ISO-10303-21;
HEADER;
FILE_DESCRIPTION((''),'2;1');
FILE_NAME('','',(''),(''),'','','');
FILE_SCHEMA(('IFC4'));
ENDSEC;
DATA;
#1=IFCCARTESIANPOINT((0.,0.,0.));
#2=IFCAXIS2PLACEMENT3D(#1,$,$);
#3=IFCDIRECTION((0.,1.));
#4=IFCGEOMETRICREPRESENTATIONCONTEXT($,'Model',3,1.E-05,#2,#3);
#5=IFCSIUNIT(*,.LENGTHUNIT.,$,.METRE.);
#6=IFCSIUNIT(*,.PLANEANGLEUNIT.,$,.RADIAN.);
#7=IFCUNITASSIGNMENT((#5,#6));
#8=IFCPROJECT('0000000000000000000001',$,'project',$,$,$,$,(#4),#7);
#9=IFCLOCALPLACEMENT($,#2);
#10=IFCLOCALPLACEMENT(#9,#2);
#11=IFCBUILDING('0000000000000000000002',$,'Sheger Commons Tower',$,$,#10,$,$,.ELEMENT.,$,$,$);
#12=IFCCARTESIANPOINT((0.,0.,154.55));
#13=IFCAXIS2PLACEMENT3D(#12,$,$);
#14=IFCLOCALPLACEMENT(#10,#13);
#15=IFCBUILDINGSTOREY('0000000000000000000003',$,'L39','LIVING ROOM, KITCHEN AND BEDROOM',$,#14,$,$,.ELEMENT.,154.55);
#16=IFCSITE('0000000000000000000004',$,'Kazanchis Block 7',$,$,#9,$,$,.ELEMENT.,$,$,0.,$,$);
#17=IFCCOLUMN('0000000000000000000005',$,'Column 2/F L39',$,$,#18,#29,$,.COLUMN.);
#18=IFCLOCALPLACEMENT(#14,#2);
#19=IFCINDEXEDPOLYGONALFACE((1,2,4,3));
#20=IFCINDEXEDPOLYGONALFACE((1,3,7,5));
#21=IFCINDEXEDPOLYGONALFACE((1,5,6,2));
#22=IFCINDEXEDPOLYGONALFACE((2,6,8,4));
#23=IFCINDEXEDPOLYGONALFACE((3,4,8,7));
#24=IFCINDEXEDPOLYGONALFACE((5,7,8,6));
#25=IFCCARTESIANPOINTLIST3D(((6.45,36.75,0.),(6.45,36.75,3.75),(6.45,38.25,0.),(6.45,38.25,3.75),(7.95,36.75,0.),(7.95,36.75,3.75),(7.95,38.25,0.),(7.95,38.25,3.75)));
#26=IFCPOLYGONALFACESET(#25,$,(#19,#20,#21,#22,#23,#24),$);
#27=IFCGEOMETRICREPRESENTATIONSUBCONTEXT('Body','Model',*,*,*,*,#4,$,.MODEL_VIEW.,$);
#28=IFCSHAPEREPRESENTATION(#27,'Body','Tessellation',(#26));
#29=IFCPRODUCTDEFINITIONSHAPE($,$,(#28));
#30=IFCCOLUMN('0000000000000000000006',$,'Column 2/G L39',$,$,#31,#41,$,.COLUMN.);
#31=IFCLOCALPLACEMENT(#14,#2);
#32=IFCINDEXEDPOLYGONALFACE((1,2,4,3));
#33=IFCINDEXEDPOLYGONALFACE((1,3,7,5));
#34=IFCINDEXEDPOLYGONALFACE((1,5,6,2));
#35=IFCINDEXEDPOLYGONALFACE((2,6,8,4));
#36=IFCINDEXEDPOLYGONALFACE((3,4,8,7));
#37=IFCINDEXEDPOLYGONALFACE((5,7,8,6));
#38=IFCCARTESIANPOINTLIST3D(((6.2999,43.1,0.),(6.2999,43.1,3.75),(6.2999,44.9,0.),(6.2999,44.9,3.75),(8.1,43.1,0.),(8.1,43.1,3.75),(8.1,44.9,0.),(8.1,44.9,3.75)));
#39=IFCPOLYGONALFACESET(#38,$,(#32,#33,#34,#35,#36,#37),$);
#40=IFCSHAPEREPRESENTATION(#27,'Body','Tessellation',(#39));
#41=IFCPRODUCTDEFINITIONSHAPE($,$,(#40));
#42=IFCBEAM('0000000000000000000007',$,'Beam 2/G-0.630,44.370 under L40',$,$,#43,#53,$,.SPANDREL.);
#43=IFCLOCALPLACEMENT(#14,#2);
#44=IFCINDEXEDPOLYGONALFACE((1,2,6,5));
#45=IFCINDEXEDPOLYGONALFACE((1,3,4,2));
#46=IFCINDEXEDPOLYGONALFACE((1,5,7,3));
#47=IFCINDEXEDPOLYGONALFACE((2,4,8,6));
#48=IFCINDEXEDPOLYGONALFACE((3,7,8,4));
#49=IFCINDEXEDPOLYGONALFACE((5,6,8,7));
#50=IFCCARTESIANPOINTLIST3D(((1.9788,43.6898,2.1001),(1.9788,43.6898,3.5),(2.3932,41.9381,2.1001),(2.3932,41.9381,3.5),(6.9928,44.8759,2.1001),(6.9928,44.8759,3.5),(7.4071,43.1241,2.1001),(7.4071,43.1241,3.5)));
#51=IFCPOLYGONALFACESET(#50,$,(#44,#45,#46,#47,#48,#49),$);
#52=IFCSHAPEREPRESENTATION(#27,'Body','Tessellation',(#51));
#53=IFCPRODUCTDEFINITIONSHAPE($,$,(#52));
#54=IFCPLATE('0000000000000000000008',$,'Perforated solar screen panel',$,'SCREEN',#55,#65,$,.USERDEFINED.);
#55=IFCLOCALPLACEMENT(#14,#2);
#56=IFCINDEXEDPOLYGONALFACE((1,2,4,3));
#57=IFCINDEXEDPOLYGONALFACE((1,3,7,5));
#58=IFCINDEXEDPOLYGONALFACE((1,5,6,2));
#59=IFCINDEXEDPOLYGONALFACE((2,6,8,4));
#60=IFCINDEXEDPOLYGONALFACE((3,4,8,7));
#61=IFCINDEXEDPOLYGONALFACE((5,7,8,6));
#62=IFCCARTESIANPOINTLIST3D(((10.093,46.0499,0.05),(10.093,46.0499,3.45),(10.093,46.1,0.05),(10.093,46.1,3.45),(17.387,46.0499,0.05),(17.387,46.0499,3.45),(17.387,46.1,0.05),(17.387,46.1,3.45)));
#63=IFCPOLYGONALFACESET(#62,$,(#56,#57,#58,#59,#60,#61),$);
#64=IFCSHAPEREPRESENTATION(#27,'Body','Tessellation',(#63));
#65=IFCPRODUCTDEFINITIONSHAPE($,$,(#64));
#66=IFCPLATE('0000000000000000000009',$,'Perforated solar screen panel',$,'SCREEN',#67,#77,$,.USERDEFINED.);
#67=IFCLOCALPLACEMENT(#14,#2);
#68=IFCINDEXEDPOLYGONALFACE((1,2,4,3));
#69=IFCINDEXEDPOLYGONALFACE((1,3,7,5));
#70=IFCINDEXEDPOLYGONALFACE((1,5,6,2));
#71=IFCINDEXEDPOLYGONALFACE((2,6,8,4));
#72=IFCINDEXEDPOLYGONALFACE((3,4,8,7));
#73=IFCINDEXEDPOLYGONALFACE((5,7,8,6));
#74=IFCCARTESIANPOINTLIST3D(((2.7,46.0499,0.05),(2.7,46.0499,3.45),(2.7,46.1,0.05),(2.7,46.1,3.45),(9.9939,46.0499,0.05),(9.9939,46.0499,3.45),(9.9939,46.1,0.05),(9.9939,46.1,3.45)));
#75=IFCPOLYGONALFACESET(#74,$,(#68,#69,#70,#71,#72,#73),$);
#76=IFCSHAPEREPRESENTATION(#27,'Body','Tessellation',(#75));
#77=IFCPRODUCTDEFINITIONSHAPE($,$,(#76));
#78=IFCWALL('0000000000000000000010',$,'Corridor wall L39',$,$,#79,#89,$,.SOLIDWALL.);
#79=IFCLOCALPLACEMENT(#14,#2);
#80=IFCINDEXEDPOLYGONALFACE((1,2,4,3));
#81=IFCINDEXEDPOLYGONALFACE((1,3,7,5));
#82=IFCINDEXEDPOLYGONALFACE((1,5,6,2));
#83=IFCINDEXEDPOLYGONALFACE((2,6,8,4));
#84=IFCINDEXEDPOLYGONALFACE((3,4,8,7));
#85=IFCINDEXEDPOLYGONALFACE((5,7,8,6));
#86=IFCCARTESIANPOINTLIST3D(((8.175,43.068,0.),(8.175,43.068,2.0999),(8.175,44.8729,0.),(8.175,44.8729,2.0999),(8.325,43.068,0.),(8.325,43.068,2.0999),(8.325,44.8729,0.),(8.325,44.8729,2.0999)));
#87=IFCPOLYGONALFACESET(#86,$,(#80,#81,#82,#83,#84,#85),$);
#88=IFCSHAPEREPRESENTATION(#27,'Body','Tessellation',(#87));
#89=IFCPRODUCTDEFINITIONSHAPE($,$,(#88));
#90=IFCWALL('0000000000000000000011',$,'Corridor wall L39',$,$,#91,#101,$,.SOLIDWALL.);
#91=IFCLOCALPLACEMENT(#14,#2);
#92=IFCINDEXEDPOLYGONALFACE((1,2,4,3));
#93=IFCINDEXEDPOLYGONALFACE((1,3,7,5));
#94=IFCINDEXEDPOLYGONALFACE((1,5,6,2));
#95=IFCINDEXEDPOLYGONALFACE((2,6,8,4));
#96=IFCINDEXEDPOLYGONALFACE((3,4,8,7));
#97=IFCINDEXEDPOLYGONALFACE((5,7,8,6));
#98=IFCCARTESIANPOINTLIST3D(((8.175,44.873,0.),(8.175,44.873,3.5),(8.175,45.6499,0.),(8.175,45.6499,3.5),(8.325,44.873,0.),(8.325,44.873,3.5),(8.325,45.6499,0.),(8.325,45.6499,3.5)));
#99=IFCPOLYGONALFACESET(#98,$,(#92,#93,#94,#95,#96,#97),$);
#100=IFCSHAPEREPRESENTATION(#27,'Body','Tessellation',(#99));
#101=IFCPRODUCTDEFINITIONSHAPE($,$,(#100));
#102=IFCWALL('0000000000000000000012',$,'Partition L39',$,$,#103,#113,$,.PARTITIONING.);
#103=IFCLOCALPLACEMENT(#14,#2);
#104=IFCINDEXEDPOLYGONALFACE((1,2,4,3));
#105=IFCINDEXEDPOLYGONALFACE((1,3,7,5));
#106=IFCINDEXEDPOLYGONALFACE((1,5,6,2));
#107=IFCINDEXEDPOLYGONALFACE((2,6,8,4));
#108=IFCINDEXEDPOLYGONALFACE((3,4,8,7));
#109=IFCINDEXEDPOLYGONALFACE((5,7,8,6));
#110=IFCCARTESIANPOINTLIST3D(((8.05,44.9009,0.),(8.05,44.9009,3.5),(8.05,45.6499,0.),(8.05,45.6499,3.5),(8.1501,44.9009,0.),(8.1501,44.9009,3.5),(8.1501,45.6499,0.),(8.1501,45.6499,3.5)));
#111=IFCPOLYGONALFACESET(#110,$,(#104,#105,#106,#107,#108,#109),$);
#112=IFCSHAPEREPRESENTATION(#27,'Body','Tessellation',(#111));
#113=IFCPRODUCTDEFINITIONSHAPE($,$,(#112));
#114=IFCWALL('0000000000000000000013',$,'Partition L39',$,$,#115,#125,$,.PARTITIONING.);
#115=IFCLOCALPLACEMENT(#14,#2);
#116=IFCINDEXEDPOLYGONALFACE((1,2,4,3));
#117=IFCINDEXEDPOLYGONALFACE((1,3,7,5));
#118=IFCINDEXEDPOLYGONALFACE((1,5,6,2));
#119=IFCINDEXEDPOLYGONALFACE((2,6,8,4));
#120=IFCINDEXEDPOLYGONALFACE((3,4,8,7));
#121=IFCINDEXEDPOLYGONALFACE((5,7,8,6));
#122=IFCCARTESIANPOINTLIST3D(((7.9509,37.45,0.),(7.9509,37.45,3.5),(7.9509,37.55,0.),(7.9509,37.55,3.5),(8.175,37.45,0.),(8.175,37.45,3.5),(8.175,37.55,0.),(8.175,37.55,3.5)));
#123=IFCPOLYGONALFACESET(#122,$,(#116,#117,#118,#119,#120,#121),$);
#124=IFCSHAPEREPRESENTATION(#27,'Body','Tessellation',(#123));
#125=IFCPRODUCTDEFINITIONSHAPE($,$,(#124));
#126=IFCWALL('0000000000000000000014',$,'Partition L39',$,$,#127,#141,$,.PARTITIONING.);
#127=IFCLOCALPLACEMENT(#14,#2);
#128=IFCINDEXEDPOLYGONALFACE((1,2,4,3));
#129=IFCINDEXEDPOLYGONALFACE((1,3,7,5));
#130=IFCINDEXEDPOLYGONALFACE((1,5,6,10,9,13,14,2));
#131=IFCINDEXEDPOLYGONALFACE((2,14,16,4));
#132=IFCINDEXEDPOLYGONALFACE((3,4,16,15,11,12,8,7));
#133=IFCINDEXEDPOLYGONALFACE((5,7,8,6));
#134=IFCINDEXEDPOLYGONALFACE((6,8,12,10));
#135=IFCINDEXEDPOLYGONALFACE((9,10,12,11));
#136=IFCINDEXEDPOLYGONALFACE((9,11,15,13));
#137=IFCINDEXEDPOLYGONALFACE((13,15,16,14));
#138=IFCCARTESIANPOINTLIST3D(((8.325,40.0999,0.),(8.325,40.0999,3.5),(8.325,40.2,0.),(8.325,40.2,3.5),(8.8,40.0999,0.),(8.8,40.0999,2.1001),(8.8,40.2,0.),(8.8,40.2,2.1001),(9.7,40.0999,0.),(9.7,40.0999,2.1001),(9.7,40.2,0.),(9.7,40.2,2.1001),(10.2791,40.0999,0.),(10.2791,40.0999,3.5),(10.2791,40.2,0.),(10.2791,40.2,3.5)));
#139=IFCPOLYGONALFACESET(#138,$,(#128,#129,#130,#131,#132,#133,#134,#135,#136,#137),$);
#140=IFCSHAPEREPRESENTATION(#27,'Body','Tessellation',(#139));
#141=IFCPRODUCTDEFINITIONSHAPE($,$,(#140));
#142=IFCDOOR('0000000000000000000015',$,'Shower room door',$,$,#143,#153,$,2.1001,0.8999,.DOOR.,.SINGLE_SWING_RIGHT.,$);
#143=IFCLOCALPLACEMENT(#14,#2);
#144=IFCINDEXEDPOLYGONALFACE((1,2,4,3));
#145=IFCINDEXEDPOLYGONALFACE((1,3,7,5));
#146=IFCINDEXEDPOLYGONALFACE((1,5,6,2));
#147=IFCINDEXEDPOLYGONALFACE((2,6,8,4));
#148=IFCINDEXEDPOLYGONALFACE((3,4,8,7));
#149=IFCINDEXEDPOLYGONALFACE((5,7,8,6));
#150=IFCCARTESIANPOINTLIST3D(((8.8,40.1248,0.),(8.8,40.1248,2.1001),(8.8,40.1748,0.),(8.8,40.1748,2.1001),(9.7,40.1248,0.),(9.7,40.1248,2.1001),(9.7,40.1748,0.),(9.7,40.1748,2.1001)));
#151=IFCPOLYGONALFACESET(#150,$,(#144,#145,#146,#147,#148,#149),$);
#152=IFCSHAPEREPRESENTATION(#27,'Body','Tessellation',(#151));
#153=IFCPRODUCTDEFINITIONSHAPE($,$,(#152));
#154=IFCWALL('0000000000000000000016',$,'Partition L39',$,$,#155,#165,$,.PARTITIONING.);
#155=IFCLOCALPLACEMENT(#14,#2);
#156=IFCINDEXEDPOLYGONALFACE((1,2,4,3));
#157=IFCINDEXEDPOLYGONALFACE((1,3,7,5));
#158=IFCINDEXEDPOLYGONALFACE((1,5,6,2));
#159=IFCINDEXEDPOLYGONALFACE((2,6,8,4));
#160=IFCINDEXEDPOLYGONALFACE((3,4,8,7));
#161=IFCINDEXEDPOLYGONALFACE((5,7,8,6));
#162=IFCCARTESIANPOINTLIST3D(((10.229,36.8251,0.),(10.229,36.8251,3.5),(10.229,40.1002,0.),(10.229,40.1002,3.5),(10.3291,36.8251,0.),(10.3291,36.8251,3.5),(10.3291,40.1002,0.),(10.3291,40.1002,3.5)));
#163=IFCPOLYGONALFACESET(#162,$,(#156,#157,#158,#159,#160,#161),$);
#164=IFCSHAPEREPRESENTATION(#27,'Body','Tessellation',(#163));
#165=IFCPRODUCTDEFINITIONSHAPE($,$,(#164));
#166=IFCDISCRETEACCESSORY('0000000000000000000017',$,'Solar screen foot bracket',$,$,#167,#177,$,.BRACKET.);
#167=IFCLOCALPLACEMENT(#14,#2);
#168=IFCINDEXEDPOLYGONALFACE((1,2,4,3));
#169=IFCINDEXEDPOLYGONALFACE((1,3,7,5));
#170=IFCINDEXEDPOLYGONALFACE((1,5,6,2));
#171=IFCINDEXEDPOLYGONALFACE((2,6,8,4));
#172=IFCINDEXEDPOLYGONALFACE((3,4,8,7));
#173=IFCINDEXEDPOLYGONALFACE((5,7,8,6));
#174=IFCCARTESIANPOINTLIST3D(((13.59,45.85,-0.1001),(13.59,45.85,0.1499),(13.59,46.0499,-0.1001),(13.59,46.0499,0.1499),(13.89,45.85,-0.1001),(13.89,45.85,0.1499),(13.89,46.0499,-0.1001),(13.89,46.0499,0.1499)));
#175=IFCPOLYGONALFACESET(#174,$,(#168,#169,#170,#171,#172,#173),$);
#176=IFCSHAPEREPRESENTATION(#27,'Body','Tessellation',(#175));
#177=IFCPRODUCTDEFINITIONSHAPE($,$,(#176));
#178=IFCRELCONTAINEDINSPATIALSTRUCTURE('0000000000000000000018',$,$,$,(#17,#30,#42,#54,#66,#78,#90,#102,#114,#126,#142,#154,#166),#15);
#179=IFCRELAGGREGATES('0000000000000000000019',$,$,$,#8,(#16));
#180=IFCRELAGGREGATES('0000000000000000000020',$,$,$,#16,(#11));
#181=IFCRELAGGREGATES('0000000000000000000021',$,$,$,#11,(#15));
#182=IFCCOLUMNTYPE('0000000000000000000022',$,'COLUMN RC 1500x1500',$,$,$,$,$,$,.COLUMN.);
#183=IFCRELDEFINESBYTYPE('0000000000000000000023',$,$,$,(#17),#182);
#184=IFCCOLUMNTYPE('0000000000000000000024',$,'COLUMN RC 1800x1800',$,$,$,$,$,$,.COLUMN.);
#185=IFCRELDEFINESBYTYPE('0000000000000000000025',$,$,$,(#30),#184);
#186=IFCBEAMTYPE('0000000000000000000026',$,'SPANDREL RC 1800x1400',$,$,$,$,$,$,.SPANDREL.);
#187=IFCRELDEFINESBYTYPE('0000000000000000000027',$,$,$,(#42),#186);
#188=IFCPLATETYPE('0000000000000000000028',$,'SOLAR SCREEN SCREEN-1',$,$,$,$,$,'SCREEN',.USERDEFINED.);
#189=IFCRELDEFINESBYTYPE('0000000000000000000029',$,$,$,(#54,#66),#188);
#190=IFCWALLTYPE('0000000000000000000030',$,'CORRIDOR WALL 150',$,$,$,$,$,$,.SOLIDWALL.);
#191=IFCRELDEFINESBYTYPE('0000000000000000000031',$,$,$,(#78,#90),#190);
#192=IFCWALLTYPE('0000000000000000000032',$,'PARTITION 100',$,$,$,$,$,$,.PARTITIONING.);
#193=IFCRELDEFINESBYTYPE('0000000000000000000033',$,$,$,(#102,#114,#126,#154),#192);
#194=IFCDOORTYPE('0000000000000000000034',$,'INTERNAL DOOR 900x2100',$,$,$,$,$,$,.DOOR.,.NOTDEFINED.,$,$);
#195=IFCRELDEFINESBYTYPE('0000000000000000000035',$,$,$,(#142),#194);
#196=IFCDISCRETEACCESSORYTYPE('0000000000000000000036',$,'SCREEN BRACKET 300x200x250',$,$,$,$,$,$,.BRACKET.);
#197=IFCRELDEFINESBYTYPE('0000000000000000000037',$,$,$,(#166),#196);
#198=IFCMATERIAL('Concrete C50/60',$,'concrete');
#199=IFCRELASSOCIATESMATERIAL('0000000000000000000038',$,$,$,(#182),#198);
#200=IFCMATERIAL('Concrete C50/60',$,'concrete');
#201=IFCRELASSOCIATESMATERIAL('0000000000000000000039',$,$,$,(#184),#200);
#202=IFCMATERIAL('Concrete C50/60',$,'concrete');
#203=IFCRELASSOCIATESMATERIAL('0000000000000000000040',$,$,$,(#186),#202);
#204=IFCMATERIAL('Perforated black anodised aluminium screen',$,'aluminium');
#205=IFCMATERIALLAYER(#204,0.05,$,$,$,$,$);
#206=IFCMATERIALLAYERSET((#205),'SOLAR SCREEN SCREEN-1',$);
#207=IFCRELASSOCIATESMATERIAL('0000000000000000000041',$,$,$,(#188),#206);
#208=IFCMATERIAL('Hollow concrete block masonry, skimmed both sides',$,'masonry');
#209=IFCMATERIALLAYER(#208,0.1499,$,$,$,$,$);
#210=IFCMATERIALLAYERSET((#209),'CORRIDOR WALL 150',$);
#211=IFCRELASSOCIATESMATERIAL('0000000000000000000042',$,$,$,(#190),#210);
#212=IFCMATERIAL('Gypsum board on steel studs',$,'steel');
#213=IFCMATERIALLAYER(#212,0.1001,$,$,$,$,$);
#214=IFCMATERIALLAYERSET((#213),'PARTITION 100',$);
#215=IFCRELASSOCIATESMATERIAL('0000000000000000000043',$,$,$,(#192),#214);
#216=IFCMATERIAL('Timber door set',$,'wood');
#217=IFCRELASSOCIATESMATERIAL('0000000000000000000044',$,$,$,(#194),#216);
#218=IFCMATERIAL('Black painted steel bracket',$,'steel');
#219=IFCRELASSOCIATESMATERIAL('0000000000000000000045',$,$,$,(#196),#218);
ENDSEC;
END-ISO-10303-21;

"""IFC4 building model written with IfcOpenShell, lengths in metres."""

from ifc_helpers import new_model, si_unit, direction, frame, frame_2d, origin, origin_2d, place, context, subcontext, project, spatial, rectangle, extrude, material, layer, layer_set, material_profile, profile_set, type_object, element, fill, save


model = new_model("IFC4")

# Units and contexts
model_context = context("Model", 3, precision=1e-05, world=origin(), true_north=direction((0.0, 1.0)))
body_context = subcontext(model_context, "Body", "Model", "MODEL_VIEW")
ifc_project = project(units=[si_unit("LENGTHUNIT", "METRE"), si_unit("PLANEANGLEUNIT", "RADIAN")], contexts=[model_context])

# Site, building, storey
site_placement = place(None, origin())
site = spatial("IfcSite", under=ifc_project, at=site_placement, Name="Kazanchis Block 7", CompositionType="ELEMENT", RefElevation=0.0)
building_placement = place(site_placement, origin())
building = spatial("IfcBuilding", under=site, at=building_placement, Name="Sheger Commons Tower", CompositionType="ELEMENT")
storey_placement = place(building_placement, frame((0.0, 0.0, 154.55)))
storey = spatial("IfcBuildingStorey", under=building, at=storey_placement, Name="L39", Description="LIVING ROOM, KITCHEN AND BEDROOM", CompositionType="ELEMENT", Elevation=154.55)

# Columns
ifc_material_1 = material(Name="Concrete C50/60", Category="concrete")
ifc_material_profile_1 = material_profile(ifc_material_1, rectangle(XDim=1.5, YDim=1.5, at=origin_2d()), Name="RC 1500x1500")
ifc_profile_set_1 = profile_set([ifc_material_profile_1], Name="Concrete C50/60")
column_type_1 = type_object("IfcColumnType", Name="COLUMN RC 1500x1500", PredefinedType="COLUMN", material=ifc_profile_set_1)
column_1_placement = place(storey_placement, frame((7.2, 37.5, 0.0), z_axis=(0.0, 0.0, 1.0), x_axis=(1.0, 0.0, 0.0)))
element("IfcColumn", 1, at=column_1_placement, inside=storey, type_object=column_type_1, Name="Column 2/F L39", PredefinedType="COLUMN", context=body_context, shape_type="SweptSolid", body=[
    extrude(rectangle(XDim=1.5, YDim=1.5, at=origin_2d()), origin(), (0.0, 0.0, 1.0), 3.75),
])
ifc_material_2 = material(Name="Concrete C50/60", Category="concrete")
ifc_material_profile_2 = material_profile(ifc_material_2, rectangle(XDim=1.8, YDim=1.8, at=origin_2d()), Name="RC 1800x1800")
ifc_profile_set_2 = profile_set([ifc_material_profile_2], Name="Concrete C50/60")
column_type_2 = type_object("IfcColumnType", Name="COLUMN RC 1800x1800", PredefinedType="COLUMN", material=ifc_profile_set_2)
column_2_placement = place(storey_placement, frame((7.2, 44.0, 0.0), z_axis=(0.0, 0.0, 1.0), x_axis=(1.0, 0.0, 0.0)))
element("IfcColumn", 2, at=column_2_placement, inside=storey, type_object=column_type_2, Name="Column 2/G L39", PredefinedType="COLUMN", context=body_context, shape_type="SweptSolid", body=[
    extrude(rectangle(XDim=1.8, YDim=1.8, at=origin_2d()), origin(), (0.0, 0.0, 1.0), 3.75),
])

# Beam
ifc_material_3 = material(Name="Concrete C50/60", Category="concrete")
ifc_material_profile_3 = material_profile(ifc_material_3, rectangle(XDim=1.8, YDim=1.3999, at=origin_2d()), Name="RC 1800x1400")
ifc_profile_set_3 = profile_set([ifc_material_profile_3], Name="Concrete C50/60")
beam_type = type_object("IfcBeamType", Name="SPANDREL RC 1800x1400", PredefinedType="SPANDREL", material=ifc_profile_set_3)
beam_placement = place(storey_placement, frame((7.2, 44.0, 2.8), z_axis=(-0.973144, -0.230196, 0.0), x_axis=(0.230196, -0.973144, 0.0)))
element("IfcBeam", 3, at=beam_placement, inside=storey, type_object=beam_type, Name="Beam 2/G-0.630,44.370 under L40", PredefinedType="SPANDREL", context=body_context, shape_type="SweptSolid", body=[
    extrude(rectangle(XDim=1.8, YDim=1.3999, at=origin_2d()), origin(), (0.0, 0.0, 1.0), 5.1523),
])

# Plates
ifc_material_4 = material(Name="Perforated black anodised aluminium screen", Category="aluminium")
ifc_layer_1 = layer(ifc_material_4, 0.05)
ifc_layer_set_1 = layer_set([ifc_layer_1], Name="SOLAR SCREEN SCREEN-1")
plate_type = type_object("IfcPlateType", Name="SOLAR SCREEN SCREEN-1", ElementType="SCREEN", PredefinedType="USERDEFINED", material=ifc_layer_set_1)
for number, where, z_axis, x_axis, name in (
    (4, (13.74, 46.075, 0.05), (0.0, 0.0, 1.0), (-1.0, 0.0, 0.0), "Perforated solar screen panel"),
    (5, (6.3469, 46.075, 0.05), (0.0, 0.0, 1.0), (-1.0, 0.0, 0.0), "Perforated solar screen panel"),
):
    element("IfcPlate", number, at=place(storey_placement, frame(where, z_axis=z_axis, x_axis=x_axis)), inside=storey, type_object=plate_type, Name=name, ObjectType="SCREEN", PredefinedType="USERDEFINED", context=body_context, shape_type="SweptSolid", body=[
        extrude(rectangle(XDim=7.2939, YDim=0.05, at=origin_2d()), origin(), (0.0, 0.0, 1.0), 3.3999),
    ])

# Walls
ifc_material_5 = material(Name="Hollow concrete block masonry, skimmed both sides", Category="masonry")
ifc_layer_2 = layer(ifc_material_5, 0.1499)
ifc_layer_set_2 = layer_set([ifc_layer_2], Name="CORRIDOR WALL 150")
wall_type_1 = type_object("IfcWallType", Name="CORRIDOR WALL 150", PredefinedType="SOLIDWALL", material=ifc_layer_set_2)
wall_1_placement = place(storey_placement, frame((8.25, 43.0681, 0.0), z_axis=(0.0, 0.0, 1.0), x_axis=(0.0, 1.0, 0.0)))
element("IfcWall", 6, at=wall_1_placement, inside=storey, type_object=wall_type_1, Name="Corridor wall L39", PredefinedType="SOLIDWALL", context=body_context, shape_type="SweptSolid", body=[
    extrude(rectangle(XDim=1.8049, YDim=0.1499, at=frame_2d((0.9023, 0.0))), origin(), (0.0, 0.0, 1.0), 2.0999),
])
wall_2_placement = place(storey_placement, frame((8.25, 44.873, 0.0), z_axis=(0.0, 0.0, 1.0), x_axis=(0.0, 1.0, 0.0)))
element("IfcWall", 7, at=wall_2_placement, inside=storey, type_object=wall_type_1, Name="Corridor wall L39", PredefinedType="SOLIDWALL", context=body_context, shape_type="SweptSolid", body=[
    extrude(rectangle(XDim=0.7769, YDim=0.1499, at=frame_2d((0.3884, 0.0))), origin(), (0.0, 0.0, 1.0), 3.5),
])
ifc_material_6 = material(Name="Gypsum board on steel studs", Category="steel")
ifc_layer_3 = layer(ifc_material_6, 0.1001)
ifc_layer_set_3 = layer_set([ifc_layer_3], Name="PARTITION 100")
wall_type_2 = type_object("IfcWallType", Name="PARTITION 100", PredefinedType="PARTITIONING", material=ifc_layer_set_3)
wall_3_placement = place(storey_placement, frame((8.1001, 45.6499, 0.0), z_axis=(0.0, 0.0, 1.0), x_axis=(0.0, -1.0, 0.0)))
element("IfcWall", 8, at=wall_3_placement, inside=storey, type_object=wall_type_2, Name="Partition L39", PredefinedType="PARTITIONING", context=body_context, shape_type="SweptSolid", body=[
    extrude(rectangle(XDim=0.749, YDim=0.1001, at=frame_2d((0.3745, 0.0))), origin(), (0.0, 0.0, 1.0), 3.5),
])
wall_4_placement = place(storey_placement, frame((7.9509, 37.5, 0.0), z_axis=(0.0, 0.0, 1.0), x_axis=(1.0, 0.0, 0.0)))
element("IfcWall", 9, at=wall_4_placement, inside=storey, type_object=wall_type_2, Name="Partition L39", PredefinedType="PARTITIONING", context=body_context, shape_type="SweptSolid", body=[
    extrude(rectangle(XDim=0.2241, YDim=0.1001, at=frame_2d((0.1121, 0.0))), origin(), (0.0, 0.0, 1.0), 3.5),
])

# Wall, opening, door
wall_5_placement = place(storey_placement, frame((8.325, 40.1499, 0.0), z_axis=(0.0, 0.0, 1.0), x_axis=(1.0, 0.0, 0.0)))
wall_5 = element("IfcWall", 10, at=wall_5_placement, inside=storey, type_object=wall_type_2, Name="Partition L39", PredefinedType="PARTITIONING", context=body_context, shape_type="SweptSolid", body=[
    extrude(rectangle(XDim=1.9541, YDim=0.1001, at=frame_2d((0.9771, 0.0))), origin(), (0.0, 0.0, 1.0), 3.5),
])
opening_placement = place(wall_5_placement, frame((0.4751, 0.0, 0.0)))
opening = element("IfcOpeningElement", 11, at=opening_placement, cuts=wall_5, PredefinedType="OPENING", context=body_context, shape_type="SweptSolid", body=[
    extrude(rectangle(XDim=0.8999, YDim=2.1001, at=frame_2d((0.45, 1.05))), frame((0.0, 0.0601, 0.0), z_axis=(0.0, -1.0, 0.0), x_axis=(1.0, 0.0, 0.0)), (0.0, 0.0, 1.0), 0.1201),
])
ifc_material_7 = material(Name="Timber door set", Category="wood")
door_type = type_object("IfcDoorType", Name="INTERNAL DOOR 900x2100", OperationType="NOTDEFINED", PredefinedType="DOOR", material=ifc_material_7)
door_placement = place(opening_placement, origin())
door = element("IfcDoor", 12, at=door_placement, inside=storey, type_object=door_type, Name="Shower room door", OperationType="SINGLE_SWING_RIGHT", OverallHeight=2.1001, OverallWidth=0.8999, PredefinedType="DOOR", context=body_context, shape_type="SweptSolid", body=[
    extrude(rectangle(XDim=0.8999, YDim=2.1001, at=frame_2d((0.45, 1.05))), frame((0.0, 0.0249, 0.0), z_axis=(0.0, -1.0, 0.0), x_axis=(1.0, 0.0, 0.0)), (0.0, 0.0, 1.0), 0.05),
])
fill(opening, door)

# Wall
wall_6_placement = place(storey_placement, frame((10.2791, 36.825, 0.0), z_axis=(0.0, 0.0, 1.0), x_axis=(0.0, 1.0, 0.0)))
element("IfcWall", 13, at=wall_6_placement, inside=storey, type_object=wall_type_2, Name="Partition L39", PredefinedType="PARTITIONING", context=body_context, shape_type="SweptSolid", body=[
    extrude(rectangle(XDim=3.2751, YDim=0.1001, at=frame_2d((1.6377, 0.0))), origin(), (0.0, 0.0, 1.0), 3.5),
])

# Discrete accessory
ifc_material_8 = material(Name="Black painted steel bracket", Category="steel")
discrete_accessory_type = type_object("IfcDiscreteAccessoryType", Name="SCREEN BRACKET 300x200x250", PredefinedType="BRACKET", material=ifc_material_8)
for number, where, z_axis, x_axis, name in (
    (14, (13.74, 45.95, -0.1001), (0.0, 0.0, 1.0), (-1.0, 0.0, 0.0), "Solar screen foot bracket"),
):
    element("IfcDiscreteAccessory", number, at=place(storey_placement, frame(where, z_axis=z_axis, x_axis=x_axis)), inside=storey, type_object=discrete_accessory_type, Name=name, PredefinedType="BRACKET", context=body_context, shape_type="SweptSolid", body=[
        extrude(rectangle(XDim=0.3, YDim=0.2, at=origin_2d()), origin(), (0.0, 0.0, 1.0), 0.25),
    ])

save(model, "model.ifc")
